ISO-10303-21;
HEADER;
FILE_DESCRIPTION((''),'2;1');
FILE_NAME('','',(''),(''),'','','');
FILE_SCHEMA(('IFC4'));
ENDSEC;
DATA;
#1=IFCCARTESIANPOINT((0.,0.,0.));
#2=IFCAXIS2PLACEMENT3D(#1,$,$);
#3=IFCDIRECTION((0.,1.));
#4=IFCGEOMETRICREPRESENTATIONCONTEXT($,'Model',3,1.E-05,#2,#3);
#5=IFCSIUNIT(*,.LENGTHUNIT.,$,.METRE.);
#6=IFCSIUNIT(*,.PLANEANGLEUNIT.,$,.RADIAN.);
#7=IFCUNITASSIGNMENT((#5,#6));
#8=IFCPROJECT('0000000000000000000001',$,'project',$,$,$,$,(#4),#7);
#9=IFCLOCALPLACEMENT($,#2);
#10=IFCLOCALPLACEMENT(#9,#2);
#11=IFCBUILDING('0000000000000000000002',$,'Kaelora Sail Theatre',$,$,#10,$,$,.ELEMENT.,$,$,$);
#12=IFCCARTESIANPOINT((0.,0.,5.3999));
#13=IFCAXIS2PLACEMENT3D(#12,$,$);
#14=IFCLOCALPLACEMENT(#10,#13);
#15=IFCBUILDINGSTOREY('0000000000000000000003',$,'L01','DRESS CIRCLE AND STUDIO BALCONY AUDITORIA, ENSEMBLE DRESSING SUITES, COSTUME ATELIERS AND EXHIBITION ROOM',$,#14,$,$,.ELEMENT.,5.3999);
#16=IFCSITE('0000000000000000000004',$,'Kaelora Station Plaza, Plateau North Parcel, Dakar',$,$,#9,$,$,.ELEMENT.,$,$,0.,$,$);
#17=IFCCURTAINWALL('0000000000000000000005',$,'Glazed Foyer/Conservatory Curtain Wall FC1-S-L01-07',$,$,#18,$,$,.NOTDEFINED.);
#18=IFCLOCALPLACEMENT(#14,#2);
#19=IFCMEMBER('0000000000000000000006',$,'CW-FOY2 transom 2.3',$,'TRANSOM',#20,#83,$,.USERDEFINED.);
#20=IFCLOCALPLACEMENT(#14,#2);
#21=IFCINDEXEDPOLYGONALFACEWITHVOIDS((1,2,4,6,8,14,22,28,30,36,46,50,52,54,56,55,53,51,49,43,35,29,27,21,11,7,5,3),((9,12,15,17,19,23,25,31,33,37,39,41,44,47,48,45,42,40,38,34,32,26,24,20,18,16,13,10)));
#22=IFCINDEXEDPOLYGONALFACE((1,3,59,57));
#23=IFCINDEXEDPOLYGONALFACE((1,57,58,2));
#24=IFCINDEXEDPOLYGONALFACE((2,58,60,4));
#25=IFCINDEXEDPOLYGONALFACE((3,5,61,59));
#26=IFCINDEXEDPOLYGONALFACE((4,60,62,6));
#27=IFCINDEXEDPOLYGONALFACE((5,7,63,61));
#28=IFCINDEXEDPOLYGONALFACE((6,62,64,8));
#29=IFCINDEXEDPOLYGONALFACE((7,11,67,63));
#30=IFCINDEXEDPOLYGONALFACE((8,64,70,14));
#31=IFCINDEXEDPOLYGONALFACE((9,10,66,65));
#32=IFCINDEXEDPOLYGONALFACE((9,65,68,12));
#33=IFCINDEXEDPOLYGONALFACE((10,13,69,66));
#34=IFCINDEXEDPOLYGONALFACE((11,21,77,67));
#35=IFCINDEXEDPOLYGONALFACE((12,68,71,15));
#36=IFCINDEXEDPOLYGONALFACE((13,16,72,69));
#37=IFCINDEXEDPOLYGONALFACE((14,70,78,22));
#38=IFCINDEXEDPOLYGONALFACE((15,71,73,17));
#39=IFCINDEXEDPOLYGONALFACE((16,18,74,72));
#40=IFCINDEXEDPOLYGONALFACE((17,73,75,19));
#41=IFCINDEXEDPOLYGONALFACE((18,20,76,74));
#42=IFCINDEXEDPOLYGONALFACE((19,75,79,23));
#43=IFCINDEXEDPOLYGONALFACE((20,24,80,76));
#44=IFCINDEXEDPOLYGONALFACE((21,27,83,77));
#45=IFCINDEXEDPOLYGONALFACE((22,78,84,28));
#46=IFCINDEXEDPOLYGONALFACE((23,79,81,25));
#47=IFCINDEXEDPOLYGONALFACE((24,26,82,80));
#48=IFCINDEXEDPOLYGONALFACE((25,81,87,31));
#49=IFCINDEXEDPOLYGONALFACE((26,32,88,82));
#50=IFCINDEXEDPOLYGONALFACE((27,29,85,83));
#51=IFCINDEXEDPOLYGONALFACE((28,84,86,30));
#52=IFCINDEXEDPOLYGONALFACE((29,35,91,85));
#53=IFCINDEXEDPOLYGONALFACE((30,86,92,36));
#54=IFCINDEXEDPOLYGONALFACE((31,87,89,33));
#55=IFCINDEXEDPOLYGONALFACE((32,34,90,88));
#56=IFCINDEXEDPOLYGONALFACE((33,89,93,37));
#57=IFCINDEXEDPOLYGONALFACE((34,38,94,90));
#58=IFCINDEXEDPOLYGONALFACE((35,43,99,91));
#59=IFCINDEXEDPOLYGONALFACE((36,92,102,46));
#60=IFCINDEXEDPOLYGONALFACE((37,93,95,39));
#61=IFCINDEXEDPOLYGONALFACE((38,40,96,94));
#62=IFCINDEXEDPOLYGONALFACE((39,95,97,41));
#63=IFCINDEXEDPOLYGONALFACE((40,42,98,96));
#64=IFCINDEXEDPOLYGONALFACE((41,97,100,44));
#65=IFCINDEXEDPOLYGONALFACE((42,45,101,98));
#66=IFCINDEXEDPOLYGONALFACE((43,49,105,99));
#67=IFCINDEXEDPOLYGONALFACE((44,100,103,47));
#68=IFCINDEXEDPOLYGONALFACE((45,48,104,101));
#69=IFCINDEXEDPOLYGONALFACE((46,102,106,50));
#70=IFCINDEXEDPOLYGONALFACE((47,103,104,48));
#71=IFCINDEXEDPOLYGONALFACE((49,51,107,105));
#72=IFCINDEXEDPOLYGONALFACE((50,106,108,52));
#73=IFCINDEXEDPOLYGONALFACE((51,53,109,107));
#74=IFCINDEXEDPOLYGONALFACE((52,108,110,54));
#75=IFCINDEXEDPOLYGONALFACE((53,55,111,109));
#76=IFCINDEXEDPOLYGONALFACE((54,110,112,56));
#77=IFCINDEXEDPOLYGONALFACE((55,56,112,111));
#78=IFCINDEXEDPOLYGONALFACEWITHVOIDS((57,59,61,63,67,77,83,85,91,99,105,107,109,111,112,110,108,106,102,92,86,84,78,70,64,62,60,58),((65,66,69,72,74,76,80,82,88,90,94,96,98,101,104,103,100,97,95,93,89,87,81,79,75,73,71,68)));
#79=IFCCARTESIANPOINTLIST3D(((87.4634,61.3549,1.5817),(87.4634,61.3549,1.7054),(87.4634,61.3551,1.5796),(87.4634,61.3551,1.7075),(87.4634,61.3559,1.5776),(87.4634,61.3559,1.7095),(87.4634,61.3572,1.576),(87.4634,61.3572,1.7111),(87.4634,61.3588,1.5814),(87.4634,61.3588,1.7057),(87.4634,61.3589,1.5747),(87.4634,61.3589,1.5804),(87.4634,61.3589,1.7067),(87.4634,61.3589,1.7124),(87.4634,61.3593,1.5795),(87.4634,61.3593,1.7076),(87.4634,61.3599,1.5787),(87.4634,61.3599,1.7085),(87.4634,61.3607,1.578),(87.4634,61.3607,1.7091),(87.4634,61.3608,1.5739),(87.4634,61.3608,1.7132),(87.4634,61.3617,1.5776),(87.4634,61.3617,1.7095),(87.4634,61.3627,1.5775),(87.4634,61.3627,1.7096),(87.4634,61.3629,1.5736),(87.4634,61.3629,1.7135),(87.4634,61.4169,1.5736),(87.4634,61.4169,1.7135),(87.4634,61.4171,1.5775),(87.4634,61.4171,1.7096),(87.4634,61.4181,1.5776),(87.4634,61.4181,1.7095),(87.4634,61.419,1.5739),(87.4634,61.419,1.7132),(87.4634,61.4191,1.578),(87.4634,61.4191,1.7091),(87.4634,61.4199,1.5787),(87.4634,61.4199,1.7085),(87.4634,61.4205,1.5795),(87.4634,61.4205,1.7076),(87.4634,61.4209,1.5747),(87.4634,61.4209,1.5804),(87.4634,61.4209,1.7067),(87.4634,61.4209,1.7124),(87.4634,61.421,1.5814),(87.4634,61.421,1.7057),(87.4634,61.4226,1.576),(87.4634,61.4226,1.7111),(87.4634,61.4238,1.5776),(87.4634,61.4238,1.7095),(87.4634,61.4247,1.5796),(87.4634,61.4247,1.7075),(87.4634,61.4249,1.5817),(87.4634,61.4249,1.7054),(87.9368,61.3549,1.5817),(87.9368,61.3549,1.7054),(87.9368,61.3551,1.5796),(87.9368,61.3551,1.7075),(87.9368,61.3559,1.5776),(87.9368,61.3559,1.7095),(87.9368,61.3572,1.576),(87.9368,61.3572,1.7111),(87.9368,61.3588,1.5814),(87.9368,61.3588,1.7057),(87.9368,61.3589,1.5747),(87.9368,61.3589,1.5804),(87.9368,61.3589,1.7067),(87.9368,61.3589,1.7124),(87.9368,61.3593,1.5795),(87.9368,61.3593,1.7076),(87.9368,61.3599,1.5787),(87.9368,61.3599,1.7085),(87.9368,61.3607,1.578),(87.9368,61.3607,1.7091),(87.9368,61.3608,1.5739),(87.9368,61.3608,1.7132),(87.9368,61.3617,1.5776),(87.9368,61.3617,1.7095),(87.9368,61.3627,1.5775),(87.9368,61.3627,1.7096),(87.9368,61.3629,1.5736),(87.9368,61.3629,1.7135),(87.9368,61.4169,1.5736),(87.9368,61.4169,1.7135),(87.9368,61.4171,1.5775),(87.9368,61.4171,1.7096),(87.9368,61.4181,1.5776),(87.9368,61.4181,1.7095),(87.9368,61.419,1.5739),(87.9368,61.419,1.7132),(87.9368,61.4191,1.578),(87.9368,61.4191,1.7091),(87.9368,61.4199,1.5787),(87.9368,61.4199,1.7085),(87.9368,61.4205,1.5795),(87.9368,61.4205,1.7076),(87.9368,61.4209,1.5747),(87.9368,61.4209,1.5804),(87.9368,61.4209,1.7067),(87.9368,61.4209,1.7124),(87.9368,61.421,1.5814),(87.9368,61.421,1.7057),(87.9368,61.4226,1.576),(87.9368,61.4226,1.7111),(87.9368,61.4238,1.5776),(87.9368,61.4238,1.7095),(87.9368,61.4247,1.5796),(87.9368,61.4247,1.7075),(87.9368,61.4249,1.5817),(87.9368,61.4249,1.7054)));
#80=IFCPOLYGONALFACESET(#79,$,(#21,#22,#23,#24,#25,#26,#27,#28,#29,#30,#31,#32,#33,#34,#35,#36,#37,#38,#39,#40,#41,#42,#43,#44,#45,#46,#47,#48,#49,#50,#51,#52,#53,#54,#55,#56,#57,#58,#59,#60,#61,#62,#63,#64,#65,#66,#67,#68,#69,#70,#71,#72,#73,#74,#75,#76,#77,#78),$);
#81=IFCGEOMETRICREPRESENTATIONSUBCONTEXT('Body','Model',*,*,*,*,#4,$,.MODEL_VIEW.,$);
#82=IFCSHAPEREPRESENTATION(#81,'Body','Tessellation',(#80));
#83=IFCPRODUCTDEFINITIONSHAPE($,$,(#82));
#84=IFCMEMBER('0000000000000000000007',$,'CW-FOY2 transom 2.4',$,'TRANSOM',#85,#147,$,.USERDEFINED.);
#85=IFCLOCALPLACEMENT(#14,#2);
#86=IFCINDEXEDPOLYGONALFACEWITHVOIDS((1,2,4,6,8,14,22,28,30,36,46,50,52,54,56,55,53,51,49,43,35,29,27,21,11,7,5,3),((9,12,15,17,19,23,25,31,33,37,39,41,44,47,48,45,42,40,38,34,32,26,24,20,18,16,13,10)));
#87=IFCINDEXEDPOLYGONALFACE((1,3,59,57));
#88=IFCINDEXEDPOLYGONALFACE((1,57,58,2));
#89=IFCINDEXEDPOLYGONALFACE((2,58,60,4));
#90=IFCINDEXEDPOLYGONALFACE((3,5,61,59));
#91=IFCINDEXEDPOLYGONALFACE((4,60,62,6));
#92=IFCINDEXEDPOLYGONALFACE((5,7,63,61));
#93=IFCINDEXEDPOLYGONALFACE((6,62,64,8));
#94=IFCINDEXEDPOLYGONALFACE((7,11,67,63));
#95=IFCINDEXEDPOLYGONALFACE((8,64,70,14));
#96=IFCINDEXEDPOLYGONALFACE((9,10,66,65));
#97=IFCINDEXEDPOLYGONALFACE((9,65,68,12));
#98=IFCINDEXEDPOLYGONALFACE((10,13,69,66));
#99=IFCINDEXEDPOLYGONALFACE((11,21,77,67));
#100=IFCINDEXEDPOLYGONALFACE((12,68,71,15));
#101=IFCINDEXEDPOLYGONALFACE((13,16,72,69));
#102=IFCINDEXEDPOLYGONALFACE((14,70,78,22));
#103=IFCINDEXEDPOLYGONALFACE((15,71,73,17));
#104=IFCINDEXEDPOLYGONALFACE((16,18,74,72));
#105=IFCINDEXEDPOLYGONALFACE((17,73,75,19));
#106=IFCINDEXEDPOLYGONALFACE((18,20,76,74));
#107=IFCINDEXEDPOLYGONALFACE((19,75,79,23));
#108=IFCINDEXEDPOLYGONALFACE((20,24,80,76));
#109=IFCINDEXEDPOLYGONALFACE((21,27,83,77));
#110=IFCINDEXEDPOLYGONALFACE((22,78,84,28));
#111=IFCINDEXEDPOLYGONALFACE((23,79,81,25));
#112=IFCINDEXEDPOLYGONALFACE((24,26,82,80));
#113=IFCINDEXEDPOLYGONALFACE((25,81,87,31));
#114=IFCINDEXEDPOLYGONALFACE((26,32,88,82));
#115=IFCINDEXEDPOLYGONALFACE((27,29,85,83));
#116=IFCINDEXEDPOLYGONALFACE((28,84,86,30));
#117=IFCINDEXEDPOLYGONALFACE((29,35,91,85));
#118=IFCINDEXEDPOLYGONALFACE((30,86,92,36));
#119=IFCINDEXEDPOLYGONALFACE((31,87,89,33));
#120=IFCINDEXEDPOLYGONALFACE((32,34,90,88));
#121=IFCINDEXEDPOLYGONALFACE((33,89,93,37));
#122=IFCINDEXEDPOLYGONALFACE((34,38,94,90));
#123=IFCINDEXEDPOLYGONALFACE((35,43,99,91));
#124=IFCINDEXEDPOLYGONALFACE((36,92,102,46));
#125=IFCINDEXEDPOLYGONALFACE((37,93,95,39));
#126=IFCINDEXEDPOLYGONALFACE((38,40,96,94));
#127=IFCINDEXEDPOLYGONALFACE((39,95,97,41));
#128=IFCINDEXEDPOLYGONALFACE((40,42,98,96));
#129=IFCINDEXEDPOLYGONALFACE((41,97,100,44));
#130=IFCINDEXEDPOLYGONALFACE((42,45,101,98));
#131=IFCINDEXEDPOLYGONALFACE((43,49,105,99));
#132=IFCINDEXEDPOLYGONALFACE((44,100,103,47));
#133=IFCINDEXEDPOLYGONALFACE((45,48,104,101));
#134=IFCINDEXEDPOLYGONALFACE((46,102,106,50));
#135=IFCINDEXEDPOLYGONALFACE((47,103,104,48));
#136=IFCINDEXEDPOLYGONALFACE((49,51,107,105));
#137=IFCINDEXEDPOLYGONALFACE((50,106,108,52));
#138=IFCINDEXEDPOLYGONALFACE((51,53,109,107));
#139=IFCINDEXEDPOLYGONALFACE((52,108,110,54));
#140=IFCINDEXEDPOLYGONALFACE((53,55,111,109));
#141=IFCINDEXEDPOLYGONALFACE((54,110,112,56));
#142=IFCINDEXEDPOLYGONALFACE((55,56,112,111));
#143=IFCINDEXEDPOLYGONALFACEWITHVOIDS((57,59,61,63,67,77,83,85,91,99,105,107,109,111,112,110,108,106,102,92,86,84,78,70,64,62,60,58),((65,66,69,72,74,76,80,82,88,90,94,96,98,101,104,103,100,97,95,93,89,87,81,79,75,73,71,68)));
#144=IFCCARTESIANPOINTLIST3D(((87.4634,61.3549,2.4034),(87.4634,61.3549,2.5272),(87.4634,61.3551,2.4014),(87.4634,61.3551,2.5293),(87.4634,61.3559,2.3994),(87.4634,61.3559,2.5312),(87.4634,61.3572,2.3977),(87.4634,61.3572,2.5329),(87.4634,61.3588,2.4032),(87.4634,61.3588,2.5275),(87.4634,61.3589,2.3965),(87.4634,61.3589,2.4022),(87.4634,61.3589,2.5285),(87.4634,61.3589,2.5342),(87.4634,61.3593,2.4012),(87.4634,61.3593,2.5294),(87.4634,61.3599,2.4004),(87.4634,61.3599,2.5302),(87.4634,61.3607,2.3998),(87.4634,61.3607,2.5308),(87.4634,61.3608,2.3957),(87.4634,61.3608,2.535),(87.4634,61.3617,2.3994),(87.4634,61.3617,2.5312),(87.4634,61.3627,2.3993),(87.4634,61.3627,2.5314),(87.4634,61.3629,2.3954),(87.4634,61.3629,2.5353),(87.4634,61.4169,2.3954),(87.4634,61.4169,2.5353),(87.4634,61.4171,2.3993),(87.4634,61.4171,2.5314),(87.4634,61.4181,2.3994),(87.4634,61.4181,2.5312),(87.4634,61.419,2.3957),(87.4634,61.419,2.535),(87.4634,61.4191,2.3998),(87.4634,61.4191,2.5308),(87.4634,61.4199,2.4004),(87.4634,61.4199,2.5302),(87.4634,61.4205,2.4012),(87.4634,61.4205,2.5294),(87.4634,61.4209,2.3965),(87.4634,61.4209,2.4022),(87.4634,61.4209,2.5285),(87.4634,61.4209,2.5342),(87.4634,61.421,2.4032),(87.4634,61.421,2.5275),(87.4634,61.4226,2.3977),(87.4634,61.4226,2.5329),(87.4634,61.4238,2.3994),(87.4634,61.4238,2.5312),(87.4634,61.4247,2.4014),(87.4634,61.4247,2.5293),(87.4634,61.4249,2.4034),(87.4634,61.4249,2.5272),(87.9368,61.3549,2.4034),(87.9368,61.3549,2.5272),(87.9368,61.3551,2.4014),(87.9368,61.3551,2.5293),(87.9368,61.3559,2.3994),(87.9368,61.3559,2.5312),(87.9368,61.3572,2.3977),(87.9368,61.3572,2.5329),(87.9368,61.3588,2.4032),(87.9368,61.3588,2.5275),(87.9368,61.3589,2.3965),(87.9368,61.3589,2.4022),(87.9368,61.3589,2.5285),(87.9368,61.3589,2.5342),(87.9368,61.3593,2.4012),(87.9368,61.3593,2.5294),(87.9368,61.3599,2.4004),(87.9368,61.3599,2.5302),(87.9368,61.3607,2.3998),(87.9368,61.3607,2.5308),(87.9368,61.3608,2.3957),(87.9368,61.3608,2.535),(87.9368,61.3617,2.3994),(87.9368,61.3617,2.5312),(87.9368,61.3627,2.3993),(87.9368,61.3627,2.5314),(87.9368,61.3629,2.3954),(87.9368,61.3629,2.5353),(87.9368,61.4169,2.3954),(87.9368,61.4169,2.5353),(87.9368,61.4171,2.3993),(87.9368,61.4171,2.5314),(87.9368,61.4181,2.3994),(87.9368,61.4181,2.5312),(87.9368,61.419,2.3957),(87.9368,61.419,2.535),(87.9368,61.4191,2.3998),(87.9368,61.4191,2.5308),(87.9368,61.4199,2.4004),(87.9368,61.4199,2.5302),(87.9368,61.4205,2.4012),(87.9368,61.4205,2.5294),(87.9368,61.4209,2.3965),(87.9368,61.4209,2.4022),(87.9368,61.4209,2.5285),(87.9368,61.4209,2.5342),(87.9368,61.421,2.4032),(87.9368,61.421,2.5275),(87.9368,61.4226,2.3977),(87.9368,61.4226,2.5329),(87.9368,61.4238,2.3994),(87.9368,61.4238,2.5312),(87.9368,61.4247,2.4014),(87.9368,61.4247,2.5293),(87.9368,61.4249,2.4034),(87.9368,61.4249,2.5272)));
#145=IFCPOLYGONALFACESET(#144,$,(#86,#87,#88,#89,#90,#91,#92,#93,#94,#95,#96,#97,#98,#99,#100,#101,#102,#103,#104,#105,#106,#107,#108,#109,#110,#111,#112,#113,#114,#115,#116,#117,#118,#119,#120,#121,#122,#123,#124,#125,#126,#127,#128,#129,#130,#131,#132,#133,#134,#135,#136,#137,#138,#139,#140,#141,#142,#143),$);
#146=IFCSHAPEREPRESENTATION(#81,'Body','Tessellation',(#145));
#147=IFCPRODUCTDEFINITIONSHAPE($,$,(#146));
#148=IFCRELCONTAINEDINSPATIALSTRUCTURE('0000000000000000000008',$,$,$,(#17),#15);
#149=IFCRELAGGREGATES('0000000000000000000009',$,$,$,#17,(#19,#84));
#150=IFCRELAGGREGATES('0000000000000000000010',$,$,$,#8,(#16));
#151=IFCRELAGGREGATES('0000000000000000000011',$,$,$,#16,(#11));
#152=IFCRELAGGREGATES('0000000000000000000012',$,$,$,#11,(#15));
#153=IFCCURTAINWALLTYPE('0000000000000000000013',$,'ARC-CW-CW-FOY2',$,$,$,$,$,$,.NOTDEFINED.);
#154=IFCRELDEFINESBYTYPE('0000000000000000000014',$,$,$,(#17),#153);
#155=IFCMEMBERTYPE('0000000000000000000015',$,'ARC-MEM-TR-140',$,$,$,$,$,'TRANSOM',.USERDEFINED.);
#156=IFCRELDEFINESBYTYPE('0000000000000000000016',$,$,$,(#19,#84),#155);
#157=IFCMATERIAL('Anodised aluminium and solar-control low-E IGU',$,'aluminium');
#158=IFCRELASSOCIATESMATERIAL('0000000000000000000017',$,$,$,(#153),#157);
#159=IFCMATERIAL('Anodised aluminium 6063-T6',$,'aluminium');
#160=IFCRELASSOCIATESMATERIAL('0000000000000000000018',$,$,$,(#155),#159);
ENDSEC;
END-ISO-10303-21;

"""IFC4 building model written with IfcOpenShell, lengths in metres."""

from ifc_helpers import new_model, si_unit, direction, frame, origin, origin_2d, place, context, subcontext, project, spatial, hollow_rectangle, extrude, material, material_profile, profile_set, type_object, element, aggregate, save


model = new_model("IFC4")

# Units and contexts
model_context = context("Model", 3, precision=1e-05, world=origin(), true_north=direction((0.0, 1.0)))
body_context = subcontext(model_context, "Body", "Model", "MODEL_VIEW")
ifc_project = project(units=[si_unit("LENGTHUNIT", "METRE"), si_unit("PLANEANGLEUNIT", "RADIAN")], contexts=[model_context])

# Site, building, storey
site_placement = place(None, origin())
site = spatial("IfcSite", under=ifc_project, at=site_placement, Name="Kaelora Station Plaza, Plateau North Parcel, Dakar", CompositionType="ELEMENT", RefElevation=0.0)
building_placement = place(site_placement, origin())
building = spatial("IfcBuilding", under=site, at=building_placement, Name="Kaelora Sail Theatre", CompositionType="ELEMENT")
storey_placement = place(building_placement, frame((0.0, 0.0, 5.3999)))
storey = spatial("IfcBuildingStorey", under=building, at=storey_placement, Name="L01", Description="DRESS CIRCLE AND STUDIO BALCONY AUDITORIA, ENSEMBLE DRESSING SUITES, COSTUME ATELIERS AND EXHIBITION ROOM", CompositionType="ELEMENT", Elevation=5.3999)

# Curtain wall, members
ifc_material_1 = material(Name="Anodised aluminium and solar-control low-E IGU", Category="aluminium")
curtain_wall_type = type_object("IfcCurtainWallType", Name="ARC-CW-CW-FOY2", PredefinedType="NOTDEFINED", material=ifc_material_1)
ifc_material_2 = material(Name="Anodised aluminium 6063-T6", Category="aluminium")
ifc_material_profile = material_profile(ifc_material_2, hollow_rectangle(XDim=0.0701, YDim=0.1399, WallThickness=0.0039, InnerFilletRadius=0.0039, OuterFilletRadius=0.0081, at=origin_2d()), Name="ALU-TRAN 70x140x4")
ifc_profile_set = profile_set([ifc_material_profile], Name="Anodised aluminium 6063-T6")
member_type = type_object("IfcMemberType", Name="ARC-MEM-TR-140", ElementType="TRANSOM", PredefinedType="USERDEFINED", material=ifc_profile_set)
curtain_wall_1_placement = place(storey_placement, origin())
curtain_wall_1 = element("IfcCurtainWall", 1, at=curtain_wall_1_placement, inside=storey, type_object=curtain_wall_type, Name="Glazed Foyer/Conservatory Curtain Wall FC1-S-L01-07", PredefinedType="NOTDEFINED")
member_1_placement = place(storey_placement, frame((87.4634, 61.3899, 1.6436), z_axis=(1.0, 0.0, 0.0), x_axis=(0.0, 1.0, 0.0)))
member_1 = element("IfcMember", 2, at=member_1_placement, type_object=member_type, Name="CW-FOY2 transom 2.3", ObjectType="TRANSOM", PredefinedType="USERDEFINED", context=body_context, shape_type="SweptSolid", body=[
    extrude(hollow_rectangle(XDim=0.0701, YDim=0.1399, WallThickness=0.0039, InnerFilletRadius=0.0039, OuterFilletRadius=0.0081, at=origin_2d()), origin(), (0.0, 0.0, 1.0), 0.4734),
])
member_2_placement = place(storey_placement, frame((87.4634, 61.3899, 2.4653), z_axis=(1.0, 0.0, 0.0), x_axis=(0.0, 1.0, 0.0)))
member_2 = element("IfcMember", 3, at=member_2_placement, type_object=member_type, Name="CW-FOY2 transom 2.4", ObjectType="TRANSOM", PredefinedType="USERDEFINED", context=body_context, shape_type="SweptSolid", body=[
    extrude(hollow_rectangle(XDim=0.0701, YDim=0.1399, WallThickness=0.0039, InnerFilletRadius=0.0039, OuterFilletRadius=0.0081, at=origin_2d()), origin(), (0.0, 0.0, 1.0), 0.4734),
])

aggregate(curtain_wall_1, [member_1, member_2])

save(model, "model.ifc")
